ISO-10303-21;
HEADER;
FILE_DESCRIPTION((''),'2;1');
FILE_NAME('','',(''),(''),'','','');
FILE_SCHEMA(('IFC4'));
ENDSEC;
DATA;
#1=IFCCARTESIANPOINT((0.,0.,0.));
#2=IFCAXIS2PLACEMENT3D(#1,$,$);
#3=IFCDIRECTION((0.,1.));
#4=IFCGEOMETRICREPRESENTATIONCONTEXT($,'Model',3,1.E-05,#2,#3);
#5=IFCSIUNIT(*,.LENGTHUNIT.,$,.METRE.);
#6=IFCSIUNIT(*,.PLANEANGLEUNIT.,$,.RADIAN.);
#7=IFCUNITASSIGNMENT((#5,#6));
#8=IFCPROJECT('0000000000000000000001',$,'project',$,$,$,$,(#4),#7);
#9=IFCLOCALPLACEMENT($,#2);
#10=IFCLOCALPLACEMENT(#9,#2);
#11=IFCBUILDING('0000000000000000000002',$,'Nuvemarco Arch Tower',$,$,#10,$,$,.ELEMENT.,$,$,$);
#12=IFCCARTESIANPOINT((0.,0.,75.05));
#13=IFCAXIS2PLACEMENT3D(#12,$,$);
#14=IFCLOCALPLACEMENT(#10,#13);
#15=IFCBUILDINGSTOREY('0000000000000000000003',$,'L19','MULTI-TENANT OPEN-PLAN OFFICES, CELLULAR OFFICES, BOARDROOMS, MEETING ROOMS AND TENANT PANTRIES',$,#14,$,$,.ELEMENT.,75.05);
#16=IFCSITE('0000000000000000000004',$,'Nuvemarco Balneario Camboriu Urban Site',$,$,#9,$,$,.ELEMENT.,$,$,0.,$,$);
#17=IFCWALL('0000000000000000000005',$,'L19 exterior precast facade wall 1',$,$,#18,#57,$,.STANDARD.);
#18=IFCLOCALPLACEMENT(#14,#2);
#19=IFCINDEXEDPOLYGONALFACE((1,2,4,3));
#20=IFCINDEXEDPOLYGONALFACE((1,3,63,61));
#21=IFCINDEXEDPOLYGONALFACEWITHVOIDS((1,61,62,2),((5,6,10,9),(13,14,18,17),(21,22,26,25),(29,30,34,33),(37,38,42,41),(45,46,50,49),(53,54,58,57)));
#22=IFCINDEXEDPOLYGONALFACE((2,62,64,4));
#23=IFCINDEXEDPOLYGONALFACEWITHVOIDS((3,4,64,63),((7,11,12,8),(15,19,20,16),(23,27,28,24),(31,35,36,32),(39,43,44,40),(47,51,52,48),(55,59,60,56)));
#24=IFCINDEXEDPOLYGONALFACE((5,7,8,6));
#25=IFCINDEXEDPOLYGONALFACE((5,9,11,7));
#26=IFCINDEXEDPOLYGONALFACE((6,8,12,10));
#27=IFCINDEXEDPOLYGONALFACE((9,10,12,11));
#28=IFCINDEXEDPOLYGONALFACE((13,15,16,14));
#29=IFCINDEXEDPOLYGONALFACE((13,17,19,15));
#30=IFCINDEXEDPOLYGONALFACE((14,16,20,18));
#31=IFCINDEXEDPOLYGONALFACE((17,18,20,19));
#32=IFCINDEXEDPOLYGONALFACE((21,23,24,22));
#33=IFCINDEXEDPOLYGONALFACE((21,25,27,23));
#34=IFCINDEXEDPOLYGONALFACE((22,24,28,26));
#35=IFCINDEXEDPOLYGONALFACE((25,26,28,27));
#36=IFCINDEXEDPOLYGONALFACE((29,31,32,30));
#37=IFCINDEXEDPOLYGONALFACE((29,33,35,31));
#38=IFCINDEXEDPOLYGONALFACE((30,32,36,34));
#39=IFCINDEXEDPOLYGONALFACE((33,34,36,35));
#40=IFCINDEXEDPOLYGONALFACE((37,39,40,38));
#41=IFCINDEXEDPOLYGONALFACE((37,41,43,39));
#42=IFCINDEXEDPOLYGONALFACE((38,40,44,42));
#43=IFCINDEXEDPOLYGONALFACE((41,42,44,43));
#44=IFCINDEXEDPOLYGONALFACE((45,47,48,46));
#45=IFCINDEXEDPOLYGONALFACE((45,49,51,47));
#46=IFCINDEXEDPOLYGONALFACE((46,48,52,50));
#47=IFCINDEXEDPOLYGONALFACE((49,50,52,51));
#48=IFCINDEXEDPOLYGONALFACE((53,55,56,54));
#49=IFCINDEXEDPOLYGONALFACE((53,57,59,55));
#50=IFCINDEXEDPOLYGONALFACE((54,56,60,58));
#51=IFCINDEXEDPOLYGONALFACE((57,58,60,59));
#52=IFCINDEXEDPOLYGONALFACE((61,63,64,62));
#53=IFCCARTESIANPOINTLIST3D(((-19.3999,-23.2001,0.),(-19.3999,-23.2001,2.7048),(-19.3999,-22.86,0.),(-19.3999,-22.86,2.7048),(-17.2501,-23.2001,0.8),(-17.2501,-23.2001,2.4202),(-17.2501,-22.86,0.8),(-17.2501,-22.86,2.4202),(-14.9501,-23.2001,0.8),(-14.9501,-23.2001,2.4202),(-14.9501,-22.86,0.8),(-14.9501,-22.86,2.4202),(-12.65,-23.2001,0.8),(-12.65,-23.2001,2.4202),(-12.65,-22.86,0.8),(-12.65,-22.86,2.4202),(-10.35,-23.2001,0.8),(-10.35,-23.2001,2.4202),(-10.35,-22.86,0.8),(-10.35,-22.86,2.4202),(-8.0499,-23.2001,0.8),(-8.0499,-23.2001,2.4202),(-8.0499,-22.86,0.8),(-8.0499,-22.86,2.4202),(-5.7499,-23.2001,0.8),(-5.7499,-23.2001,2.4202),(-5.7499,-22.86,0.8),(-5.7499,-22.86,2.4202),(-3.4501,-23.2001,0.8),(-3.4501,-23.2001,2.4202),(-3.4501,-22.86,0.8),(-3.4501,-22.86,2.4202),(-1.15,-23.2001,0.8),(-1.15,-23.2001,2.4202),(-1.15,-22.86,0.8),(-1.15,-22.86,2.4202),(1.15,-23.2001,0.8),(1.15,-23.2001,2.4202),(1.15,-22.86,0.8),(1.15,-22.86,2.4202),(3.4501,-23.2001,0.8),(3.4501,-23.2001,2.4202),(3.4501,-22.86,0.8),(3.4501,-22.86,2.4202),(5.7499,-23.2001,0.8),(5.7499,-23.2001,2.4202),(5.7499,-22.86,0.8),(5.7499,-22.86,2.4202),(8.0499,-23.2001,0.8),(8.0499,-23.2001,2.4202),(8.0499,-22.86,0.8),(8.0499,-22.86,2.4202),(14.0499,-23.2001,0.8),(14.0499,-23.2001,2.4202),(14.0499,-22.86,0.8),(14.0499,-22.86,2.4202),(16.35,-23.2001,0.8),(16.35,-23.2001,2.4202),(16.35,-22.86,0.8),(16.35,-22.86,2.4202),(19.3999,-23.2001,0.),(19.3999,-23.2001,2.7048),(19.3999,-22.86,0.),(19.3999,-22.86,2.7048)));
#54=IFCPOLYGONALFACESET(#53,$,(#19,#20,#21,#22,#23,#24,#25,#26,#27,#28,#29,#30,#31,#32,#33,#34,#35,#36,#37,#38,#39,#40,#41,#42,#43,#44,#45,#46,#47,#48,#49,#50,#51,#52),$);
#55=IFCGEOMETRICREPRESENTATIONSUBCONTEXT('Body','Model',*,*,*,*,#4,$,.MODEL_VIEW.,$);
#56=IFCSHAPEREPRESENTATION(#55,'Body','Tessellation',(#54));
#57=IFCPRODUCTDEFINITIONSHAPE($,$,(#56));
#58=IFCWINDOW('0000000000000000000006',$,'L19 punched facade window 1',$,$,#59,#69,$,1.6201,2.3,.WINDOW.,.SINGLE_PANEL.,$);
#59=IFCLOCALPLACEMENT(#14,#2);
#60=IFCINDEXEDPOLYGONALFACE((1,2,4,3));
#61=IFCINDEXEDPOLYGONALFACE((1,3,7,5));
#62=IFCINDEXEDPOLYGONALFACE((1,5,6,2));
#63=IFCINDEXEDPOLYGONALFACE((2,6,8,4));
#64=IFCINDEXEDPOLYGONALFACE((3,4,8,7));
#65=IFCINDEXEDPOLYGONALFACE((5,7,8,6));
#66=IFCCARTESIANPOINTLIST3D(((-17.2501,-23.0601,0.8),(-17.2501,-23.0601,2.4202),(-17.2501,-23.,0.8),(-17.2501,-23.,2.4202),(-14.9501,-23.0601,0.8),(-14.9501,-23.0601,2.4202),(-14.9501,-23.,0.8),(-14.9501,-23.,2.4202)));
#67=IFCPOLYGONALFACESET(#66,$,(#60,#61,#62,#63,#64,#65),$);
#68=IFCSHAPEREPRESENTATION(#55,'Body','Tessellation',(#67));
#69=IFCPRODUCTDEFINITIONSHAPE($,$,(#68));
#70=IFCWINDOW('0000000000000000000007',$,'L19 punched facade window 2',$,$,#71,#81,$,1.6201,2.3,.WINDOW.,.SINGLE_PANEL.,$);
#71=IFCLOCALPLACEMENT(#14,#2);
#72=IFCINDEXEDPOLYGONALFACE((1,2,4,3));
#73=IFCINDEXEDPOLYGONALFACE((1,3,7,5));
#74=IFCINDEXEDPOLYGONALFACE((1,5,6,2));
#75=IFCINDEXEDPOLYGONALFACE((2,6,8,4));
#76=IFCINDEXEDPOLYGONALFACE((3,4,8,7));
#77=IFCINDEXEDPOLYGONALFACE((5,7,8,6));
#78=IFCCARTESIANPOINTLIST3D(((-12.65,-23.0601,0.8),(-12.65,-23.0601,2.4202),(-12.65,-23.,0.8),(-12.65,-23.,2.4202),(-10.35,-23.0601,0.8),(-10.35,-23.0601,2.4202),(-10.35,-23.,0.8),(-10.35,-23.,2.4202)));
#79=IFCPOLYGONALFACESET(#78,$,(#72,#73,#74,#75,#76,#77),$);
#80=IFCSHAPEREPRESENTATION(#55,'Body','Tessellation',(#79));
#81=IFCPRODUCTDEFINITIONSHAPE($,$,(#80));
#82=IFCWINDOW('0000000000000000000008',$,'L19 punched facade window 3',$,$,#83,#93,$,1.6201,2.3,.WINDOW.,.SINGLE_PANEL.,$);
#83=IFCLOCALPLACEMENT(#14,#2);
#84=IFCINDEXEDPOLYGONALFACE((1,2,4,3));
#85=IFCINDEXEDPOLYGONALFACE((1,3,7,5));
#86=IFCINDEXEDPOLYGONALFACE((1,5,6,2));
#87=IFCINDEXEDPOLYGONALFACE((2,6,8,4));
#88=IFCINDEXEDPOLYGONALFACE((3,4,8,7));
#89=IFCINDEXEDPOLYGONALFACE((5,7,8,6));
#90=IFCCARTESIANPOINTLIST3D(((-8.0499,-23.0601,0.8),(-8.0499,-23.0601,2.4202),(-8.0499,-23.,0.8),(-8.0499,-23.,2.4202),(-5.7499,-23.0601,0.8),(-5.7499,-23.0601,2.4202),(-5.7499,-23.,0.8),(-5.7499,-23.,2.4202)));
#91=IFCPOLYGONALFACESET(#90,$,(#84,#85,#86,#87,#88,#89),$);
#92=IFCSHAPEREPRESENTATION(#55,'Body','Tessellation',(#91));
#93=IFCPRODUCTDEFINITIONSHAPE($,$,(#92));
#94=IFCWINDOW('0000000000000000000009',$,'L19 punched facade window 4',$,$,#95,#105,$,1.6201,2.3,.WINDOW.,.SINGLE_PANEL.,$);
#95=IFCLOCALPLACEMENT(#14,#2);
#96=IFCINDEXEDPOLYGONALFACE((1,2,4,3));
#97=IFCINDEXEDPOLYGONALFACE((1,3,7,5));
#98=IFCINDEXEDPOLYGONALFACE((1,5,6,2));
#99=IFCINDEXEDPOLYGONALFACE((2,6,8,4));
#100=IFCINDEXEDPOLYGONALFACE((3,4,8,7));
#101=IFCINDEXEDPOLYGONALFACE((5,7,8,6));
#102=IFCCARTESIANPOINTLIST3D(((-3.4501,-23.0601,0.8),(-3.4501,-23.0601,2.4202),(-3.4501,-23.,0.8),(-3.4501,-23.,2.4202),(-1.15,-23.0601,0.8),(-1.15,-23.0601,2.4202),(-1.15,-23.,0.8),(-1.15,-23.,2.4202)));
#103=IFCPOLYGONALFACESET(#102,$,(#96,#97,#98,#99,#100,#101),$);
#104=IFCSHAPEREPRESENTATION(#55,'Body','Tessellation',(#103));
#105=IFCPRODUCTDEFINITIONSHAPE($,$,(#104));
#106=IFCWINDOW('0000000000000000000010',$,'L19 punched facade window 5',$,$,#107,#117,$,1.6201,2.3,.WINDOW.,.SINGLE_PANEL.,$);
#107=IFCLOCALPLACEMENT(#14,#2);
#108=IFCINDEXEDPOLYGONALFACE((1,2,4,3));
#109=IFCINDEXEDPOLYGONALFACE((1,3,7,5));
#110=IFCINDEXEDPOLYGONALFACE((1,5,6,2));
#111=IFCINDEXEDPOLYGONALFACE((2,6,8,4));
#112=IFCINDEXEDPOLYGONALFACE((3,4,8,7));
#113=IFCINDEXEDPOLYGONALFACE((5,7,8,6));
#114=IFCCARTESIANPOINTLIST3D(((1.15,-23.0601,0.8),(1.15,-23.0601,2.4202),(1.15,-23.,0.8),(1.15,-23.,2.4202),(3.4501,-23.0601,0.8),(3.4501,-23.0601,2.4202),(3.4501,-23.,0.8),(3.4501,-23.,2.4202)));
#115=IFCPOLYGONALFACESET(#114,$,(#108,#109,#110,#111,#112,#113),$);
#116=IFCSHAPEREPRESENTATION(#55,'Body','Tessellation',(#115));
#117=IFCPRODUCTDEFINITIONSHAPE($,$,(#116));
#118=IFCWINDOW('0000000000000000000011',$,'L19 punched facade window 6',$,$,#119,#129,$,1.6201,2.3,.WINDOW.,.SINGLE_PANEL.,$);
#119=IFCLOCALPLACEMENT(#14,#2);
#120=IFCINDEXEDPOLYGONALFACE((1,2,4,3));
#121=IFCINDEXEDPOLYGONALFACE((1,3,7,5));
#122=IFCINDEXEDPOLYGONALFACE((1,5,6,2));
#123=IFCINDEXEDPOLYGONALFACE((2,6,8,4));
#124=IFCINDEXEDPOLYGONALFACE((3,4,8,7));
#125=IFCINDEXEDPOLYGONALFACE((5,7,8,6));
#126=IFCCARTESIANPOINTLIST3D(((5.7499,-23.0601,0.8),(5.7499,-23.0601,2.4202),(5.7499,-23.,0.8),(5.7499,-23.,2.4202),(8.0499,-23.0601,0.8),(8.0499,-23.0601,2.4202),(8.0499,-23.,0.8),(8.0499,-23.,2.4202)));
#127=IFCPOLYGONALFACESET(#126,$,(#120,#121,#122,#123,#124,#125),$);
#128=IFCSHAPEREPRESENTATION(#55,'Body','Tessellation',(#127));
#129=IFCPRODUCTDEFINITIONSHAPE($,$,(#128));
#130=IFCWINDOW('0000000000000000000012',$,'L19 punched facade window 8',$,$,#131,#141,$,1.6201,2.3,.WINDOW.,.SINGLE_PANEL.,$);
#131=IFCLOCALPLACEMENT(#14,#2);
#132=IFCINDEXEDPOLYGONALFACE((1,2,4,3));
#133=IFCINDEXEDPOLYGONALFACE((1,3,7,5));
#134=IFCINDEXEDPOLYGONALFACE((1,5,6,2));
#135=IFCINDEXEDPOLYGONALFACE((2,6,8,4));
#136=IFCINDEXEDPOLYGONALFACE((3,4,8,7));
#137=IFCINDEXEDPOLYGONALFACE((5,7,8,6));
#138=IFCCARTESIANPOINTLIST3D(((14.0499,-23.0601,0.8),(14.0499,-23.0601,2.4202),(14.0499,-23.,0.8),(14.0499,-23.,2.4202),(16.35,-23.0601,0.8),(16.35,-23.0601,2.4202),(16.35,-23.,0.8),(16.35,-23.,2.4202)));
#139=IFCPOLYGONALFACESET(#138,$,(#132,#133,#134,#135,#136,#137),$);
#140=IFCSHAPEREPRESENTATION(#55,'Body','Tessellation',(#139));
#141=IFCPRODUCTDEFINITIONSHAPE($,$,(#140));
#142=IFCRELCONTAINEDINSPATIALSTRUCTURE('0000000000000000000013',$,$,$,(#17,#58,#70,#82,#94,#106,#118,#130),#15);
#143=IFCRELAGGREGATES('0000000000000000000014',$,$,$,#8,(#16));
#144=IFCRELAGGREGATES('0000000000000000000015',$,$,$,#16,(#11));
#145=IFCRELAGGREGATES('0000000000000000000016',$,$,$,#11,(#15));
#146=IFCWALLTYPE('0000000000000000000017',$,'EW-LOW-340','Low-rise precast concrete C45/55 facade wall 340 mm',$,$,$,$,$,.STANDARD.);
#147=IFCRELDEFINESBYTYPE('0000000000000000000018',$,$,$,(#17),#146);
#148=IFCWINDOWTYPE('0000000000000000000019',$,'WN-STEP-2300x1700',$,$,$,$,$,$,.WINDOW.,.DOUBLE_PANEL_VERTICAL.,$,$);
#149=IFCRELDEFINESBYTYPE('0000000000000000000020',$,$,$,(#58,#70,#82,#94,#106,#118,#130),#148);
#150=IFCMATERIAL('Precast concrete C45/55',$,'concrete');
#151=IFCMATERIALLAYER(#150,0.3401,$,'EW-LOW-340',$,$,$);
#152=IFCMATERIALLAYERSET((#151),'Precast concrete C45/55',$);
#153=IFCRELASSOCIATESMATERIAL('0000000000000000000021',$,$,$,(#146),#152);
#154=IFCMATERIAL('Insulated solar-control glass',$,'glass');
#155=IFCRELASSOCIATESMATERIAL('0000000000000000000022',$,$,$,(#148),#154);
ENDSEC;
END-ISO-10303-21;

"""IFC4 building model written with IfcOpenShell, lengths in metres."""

from ifc_helpers import new_model, si_unit, direction, frame, frame_2d, origin, place, context, subcontext, project, spatial, rectangle, extrude, source, transform, mapped, material, layer, layer_set, type_object, type_shapes, element, fill, save


model = new_model("IFC4")

# Units and contexts
model_context = context("Model", 3, precision=1e-05, world=origin(), true_north=direction((0.0, 1.0)))
body_context = subcontext(model_context, "Body", "Model", "MODEL_VIEW")
ifc_project = project(units=[si_unit("LENGTHUNIT", "METRE"), si_unit("PLANEANGLEUNIT", "RADIAN")], contexts=[model_context])

# Site, building, storey
site_placement = place(None, origin())
site = spatial("IfcSite", under=ifc_project, at=site_placement, Name="Nuvemarco Balneario Camboriu Urban Site", CompositionType="ELEMENT", RefElevation=0.0)
building_placement = place(site_placement, origin())
building = spatial("IfcBuilding", under=site, at=building_placement, Name="Nuvemarco Arch Tower", CompositionType="ELEMENT")
storey_placement = place(building_placement, frame((0.0, 0.0, 75.05)))
storey = spatial("IfcBuildingStorey", under=building, at=storey_placement, Name="L19", Description="MULTI-TENANT OPEN-PLAN OFFICES, CELLULAR OFFICES, BOARDROOMS, MEETING ROOMS AND TENANT PANTRIES", CompositionType="ELEMENT", Elevation=75.05)

# Shared definitions
ifc_material_1 = material(Name="Precast concrete C45/55", Category="concrete")

# Wall, openings, windows
ifc_layer = layer(ifc_material_1, 0.3401, Name="EW-LOW-340")
ifc_layer_set = layer_set([ifc_layer], Name="Precast concrete C45/55")
wall_type = type_object("IfcWallType", Name="EW-LOW-340", Description="Low-rise precast concrete C45/55 facade wall 340 mm", PredefinedType="STANDARD", material=ifc_layer_set)
wall_1_placement = place(storey_placement, frame((-19.3999, -23.03, 0.0), z_axis=(0.0, 0.0, 1.0), x_axis=(1.0, 0.0, 0.0)))
wall_1 = element("IfcWall", 1, at=wall_1_placement, inside=storey, type_object=wall_type, Name="L19 exterior precast facade wall 1", PredefinedType="STANDARD", context=body_context, shape_type="SweptSolid", body=[
    extrude(rectangle(XDim=38.7998, YDim=0.3401, at=frame_2d((19.3999, 0.0))), origin(), (0.0, 0.0, 1.0), 2.7048),
])
opening_1_placement = place(wall_1_placement, frame((2.1499, 0.0, 0.8)))
opening_1 = element("IfcOpeningElement", 2, at=opening_1_placement, cuts=wall_1, PredefinedType="OPENING", context=body_context, shape_type="SweptSolid", body=[
    extrude(rectangle(XDim=2.3, YDim=1.6201, at=frame_2d((1.1499, 0.8101))), frame((0.0, 0.1799, 0.0), z_axis=(0.0, -1.0, 0.0), x_axis=(1.0, 0.0, 0.0)), (0.0, 0.0, 1.0), 0.3601),
])
opening_2_placement = place(wall_1_placement, frame((6.75, 0.0, 0.8)))
opening_2 = element("IfcOpeningElement", 3, at=opening_2_placement, cuts=wall_1, PredefinedType="OPENING", context=body_context, shape_type="SweptSolid", body=[
    extrude(rectangle(XDim=2.3, YDim=1.6201, at=frame_2d((1.1499, 0.8101))), frame((0.0, 0.1799, 0.0), z_axis=(0.0, -1.0, 0.0), x_axis=(1.0, 0.0, 0.0)), (0.0, 0.0, 1.0), 0.3601),
])
opening_3_placement = place(wall_1_placement, frame((11.3501, 0.0, 0.8)))
opening_3 = element("IfcOpeningElement", 4, at=opening_3_placement, cuts=wall_1, PredefinedType="OPENING", context=body_context, shape_type="SweptSolid", body=[
    extrude(rectangle(XDim=2.3, YDim=1.6201, at=frame_2d((1.1499, 0.8101))), frame((0.0, 0.1799, 0.0), z_axis=(0.0, -1.0, 0.0), x_axis=(1.0, 0.0, 0.0)), (0.0, 0.0, 1.0), 0.3601),
])
opening_4_placement = place(wall_1_placement, frame((15.95, 0.0, 0.8)))
opening_4 = element("IfcOpeningElement", 5, at=opening_4_placement, cuts=wall_1, PredefinedType="OPENING", context=body_context, shape_type="SweptSolid", body=[
    extrude(rectangle(XDim=2.3, YDim=1.6201, at=frame_2d((1.1499, 0.8101))), frame((0.0, 0.1799, 0.0), z_axis=(0.0, -1.0, 0.0), x_axis=(1.0, 0.0, 0.0)), (0.0, 0.0, 1.0), 0.3601),
])
opening_5_placement = place(wall_1_placement, frame((20.55, 0.0, 0.8)))
opening_5 = element("IfcOpeningElement", 6, at=opening_5_placement, cuts=wall_1, PredefinedType="OPENING", context=body_context, shape_type="SweptSolid", body=[
    extrude(rectangle(XDim=2.3, YDim=1.6201, at=frame_2d((1.1499, 0.8101))), frame((0.0, 0.1799, 0.0), z_axis=(0.0, -1.0, 0.0), x_axis=(1.0, 0.0, 0.0)), (0.0, 0.0, 1.0), 0.3601),
])
opening_6_placement = place(wall_1_placement, frame((25.1499, 0.0, 0.8)))
opening_6 = element("IfcOpeningElement", 7, at=opening_6_placement, cuts=wall_1, PredefinedType="OPENING", context=body_context, shape_type="SweptSolid", body=[
    extrude(rectangle(XDim=2.3, YDim=1.6201, at=frame_2d((1.1499, 0.8101))), frame((0.0, 0.1799, 0.0), z_axis=(0.0, -1.0, 0.0), x_axis=(1.0, 0.0, 0.0)), (0.0, 0.0, 1.0), 0.3601),
])
opening_7_placement = place(wall_1_placement, frame((33.45, 0.0, 0.8)))
opening_7 = element("IfcOpeningElement", 8, at=opening_7_placement, cuts=wall_1, PredefinedType="OPENING", context=body_context, shape_type="SweptSolid", body=[
    extrude(rectangle(XDim=2.3, YDim=1.6201, at=frame_2d((1.1499, 0.8101))), frame((0.0, 0.1799, 0.0), z_axis=(0.0, -1.0, 0.0), x_axis=(1.0, 0.0, 0.0)), (0.0, 0.0, 1.0), 0.3601),
])
ifc_material_2 = material(Name="Insulated solar-control glass", Category="glass")
window_type_1 = type_object("IfcWindowType", Name="WN-STEP-2300x1700", PartitioningType="DOUBLE_PANEL_VERTICAL", PredefinedType="WINDOW", material=ifc_material_2)
shared_shape_1 = source(origin(), body_context, "Body", "SweptSolid", [
    extrude(rectangle(XDim=2.3, YDim=1.6201, at=frame_2d((1.1499, 0.8101))), frame((0.0, 0.03, 0.0), z_axis=(0.0, -1.0, 0.0), x_axis=(1.0, 0.0, 0.0)), (0.0, 0.0, 1.0), 0.0601),
])
type_shapes(window_type_1, [shared_shape_1])
window_1_placement = place(opening_1_placement, origin())
window_1 = element("IfcWindow", 9, at=window_1_placement, inside=storey, type_object=window_type_1, Name="L19 punched facade window 1", OverallHeight=1.6201, OverallWidth=2.3, PartitioningType="SINGLE_PANEL", PredefinedType="WINDOW", context=body_context, shape_type="MappedRepresentation", body=[
    mapped(shared_shape_1, transform((0.0, 0.0, 0.0), scale=1.0)),
])
fill(opening_1, window_1)
window_2_placement = place(opening_2_placement, origin())
window_2 = element("IfcWindow", 10, at=window_2_placement, inside=storey, type_object=window_type_1, Name="L19 punched facade window 2", OverallHeight=1.6201, OverallWidth=2.3, PartitioningType="SINGLE_PANEL", PredefinedType="WINDOW", context=body_context, shape_type="MappedRepresentation", body=[
    mapped(shared_shape_1, transform((0.0, 0.0, 0.0), scale=1.0)),
])
fill(opening_2, window_2)
window_3_placement = place(opening_3_placement, origin())
window_3 = element("IfcWindow", 11, at=window_3_placement, inside=storey, type_object=window_type_1, Name="L19 punched facade window 3", OverallHeight=1.6201, OverallWidth=2.3, PartitioningType="SINGLE_PANEL", PredefinedType="WINDOW", context=body_context, shape_type="MappedRepresentation", body=[
    mapped(shared_shape_1, transform((0.0, 0.0, 0.0), scale=1.0)),
])
fill(opening_3, window_3)
window_4_placement = place(opening_4_placement, origin())
window_4 = element("IfcWindow", 12, at=window_4_placement, inside=storey, type_object=window_type_1, Name="L19 punched facade window 4", OverallHeight=1.6201, OverallWidth=2.3, PartitioningType="SINGLE_PANEL", PredefinedType="WINDOW", context=body_context, shape_type="MappedRepresentation", body=[
    mapped(shared_shape_1, transform((0.0, 0.0, 0.0), scale=1.0)),
])
fill(opening_4, window_4)
window_5_placement = place(opening_5_placement, origin())
window_5 = element("IfcWindow", 13, at=window_5_placement, inside=storey, type_object=window_type_1, Name="L19 punched facade window 5", OverallHeight=1.6201, OverallWidth=2.3, PartitioningType="SINGLE_PANEL", PredefinedType="WINDOW", context=body_context, shape_type="MappedRepresentation", body=[
    mapped(shared_shape_1, transform((0.0, 0.0, 0.0), scale=1.0)),
])
fill(opening_5, window_5)
window_6_placement = place(opening_6_placement, origin())
window_6 = element("IfcWindow", 14, at=window_6_placement, inside=storey, type_object=window_type_1, Name="L19 punched facade window 6", OverallHeight=1.6201, OverallWidth=2.3, PartitioningType="SINGLE_PANEL", PredefinedType="WINDOW", context=body_context, shape_type="MappedRepresentation", body=[
    mapped(shared_shape_1, transform((0.0, 0.0, 0.0), scale=1.0)),
])
fill(opening_6, window_6)
window_7_placement = place(opening_7_placement, origin())
window_7 = element("IfcWindow", 15, at=window_7_placement, inside=storey, type_object=window_type_1, Name="L19 punched facade window 8", OverallHeight=1.6201, OverallWidth=2.3, PartitioningType="SINGLE_PANEL", PredefinedType="WINDOW", context=body_context, shape_type="MappedRepresentation", body=[
    mapped(shared_shape_1, transform((0.0, 0.0, 0.0), scale=1.0)),
])
fill(opening_7, window_7)

save(model, "model.ifc")
